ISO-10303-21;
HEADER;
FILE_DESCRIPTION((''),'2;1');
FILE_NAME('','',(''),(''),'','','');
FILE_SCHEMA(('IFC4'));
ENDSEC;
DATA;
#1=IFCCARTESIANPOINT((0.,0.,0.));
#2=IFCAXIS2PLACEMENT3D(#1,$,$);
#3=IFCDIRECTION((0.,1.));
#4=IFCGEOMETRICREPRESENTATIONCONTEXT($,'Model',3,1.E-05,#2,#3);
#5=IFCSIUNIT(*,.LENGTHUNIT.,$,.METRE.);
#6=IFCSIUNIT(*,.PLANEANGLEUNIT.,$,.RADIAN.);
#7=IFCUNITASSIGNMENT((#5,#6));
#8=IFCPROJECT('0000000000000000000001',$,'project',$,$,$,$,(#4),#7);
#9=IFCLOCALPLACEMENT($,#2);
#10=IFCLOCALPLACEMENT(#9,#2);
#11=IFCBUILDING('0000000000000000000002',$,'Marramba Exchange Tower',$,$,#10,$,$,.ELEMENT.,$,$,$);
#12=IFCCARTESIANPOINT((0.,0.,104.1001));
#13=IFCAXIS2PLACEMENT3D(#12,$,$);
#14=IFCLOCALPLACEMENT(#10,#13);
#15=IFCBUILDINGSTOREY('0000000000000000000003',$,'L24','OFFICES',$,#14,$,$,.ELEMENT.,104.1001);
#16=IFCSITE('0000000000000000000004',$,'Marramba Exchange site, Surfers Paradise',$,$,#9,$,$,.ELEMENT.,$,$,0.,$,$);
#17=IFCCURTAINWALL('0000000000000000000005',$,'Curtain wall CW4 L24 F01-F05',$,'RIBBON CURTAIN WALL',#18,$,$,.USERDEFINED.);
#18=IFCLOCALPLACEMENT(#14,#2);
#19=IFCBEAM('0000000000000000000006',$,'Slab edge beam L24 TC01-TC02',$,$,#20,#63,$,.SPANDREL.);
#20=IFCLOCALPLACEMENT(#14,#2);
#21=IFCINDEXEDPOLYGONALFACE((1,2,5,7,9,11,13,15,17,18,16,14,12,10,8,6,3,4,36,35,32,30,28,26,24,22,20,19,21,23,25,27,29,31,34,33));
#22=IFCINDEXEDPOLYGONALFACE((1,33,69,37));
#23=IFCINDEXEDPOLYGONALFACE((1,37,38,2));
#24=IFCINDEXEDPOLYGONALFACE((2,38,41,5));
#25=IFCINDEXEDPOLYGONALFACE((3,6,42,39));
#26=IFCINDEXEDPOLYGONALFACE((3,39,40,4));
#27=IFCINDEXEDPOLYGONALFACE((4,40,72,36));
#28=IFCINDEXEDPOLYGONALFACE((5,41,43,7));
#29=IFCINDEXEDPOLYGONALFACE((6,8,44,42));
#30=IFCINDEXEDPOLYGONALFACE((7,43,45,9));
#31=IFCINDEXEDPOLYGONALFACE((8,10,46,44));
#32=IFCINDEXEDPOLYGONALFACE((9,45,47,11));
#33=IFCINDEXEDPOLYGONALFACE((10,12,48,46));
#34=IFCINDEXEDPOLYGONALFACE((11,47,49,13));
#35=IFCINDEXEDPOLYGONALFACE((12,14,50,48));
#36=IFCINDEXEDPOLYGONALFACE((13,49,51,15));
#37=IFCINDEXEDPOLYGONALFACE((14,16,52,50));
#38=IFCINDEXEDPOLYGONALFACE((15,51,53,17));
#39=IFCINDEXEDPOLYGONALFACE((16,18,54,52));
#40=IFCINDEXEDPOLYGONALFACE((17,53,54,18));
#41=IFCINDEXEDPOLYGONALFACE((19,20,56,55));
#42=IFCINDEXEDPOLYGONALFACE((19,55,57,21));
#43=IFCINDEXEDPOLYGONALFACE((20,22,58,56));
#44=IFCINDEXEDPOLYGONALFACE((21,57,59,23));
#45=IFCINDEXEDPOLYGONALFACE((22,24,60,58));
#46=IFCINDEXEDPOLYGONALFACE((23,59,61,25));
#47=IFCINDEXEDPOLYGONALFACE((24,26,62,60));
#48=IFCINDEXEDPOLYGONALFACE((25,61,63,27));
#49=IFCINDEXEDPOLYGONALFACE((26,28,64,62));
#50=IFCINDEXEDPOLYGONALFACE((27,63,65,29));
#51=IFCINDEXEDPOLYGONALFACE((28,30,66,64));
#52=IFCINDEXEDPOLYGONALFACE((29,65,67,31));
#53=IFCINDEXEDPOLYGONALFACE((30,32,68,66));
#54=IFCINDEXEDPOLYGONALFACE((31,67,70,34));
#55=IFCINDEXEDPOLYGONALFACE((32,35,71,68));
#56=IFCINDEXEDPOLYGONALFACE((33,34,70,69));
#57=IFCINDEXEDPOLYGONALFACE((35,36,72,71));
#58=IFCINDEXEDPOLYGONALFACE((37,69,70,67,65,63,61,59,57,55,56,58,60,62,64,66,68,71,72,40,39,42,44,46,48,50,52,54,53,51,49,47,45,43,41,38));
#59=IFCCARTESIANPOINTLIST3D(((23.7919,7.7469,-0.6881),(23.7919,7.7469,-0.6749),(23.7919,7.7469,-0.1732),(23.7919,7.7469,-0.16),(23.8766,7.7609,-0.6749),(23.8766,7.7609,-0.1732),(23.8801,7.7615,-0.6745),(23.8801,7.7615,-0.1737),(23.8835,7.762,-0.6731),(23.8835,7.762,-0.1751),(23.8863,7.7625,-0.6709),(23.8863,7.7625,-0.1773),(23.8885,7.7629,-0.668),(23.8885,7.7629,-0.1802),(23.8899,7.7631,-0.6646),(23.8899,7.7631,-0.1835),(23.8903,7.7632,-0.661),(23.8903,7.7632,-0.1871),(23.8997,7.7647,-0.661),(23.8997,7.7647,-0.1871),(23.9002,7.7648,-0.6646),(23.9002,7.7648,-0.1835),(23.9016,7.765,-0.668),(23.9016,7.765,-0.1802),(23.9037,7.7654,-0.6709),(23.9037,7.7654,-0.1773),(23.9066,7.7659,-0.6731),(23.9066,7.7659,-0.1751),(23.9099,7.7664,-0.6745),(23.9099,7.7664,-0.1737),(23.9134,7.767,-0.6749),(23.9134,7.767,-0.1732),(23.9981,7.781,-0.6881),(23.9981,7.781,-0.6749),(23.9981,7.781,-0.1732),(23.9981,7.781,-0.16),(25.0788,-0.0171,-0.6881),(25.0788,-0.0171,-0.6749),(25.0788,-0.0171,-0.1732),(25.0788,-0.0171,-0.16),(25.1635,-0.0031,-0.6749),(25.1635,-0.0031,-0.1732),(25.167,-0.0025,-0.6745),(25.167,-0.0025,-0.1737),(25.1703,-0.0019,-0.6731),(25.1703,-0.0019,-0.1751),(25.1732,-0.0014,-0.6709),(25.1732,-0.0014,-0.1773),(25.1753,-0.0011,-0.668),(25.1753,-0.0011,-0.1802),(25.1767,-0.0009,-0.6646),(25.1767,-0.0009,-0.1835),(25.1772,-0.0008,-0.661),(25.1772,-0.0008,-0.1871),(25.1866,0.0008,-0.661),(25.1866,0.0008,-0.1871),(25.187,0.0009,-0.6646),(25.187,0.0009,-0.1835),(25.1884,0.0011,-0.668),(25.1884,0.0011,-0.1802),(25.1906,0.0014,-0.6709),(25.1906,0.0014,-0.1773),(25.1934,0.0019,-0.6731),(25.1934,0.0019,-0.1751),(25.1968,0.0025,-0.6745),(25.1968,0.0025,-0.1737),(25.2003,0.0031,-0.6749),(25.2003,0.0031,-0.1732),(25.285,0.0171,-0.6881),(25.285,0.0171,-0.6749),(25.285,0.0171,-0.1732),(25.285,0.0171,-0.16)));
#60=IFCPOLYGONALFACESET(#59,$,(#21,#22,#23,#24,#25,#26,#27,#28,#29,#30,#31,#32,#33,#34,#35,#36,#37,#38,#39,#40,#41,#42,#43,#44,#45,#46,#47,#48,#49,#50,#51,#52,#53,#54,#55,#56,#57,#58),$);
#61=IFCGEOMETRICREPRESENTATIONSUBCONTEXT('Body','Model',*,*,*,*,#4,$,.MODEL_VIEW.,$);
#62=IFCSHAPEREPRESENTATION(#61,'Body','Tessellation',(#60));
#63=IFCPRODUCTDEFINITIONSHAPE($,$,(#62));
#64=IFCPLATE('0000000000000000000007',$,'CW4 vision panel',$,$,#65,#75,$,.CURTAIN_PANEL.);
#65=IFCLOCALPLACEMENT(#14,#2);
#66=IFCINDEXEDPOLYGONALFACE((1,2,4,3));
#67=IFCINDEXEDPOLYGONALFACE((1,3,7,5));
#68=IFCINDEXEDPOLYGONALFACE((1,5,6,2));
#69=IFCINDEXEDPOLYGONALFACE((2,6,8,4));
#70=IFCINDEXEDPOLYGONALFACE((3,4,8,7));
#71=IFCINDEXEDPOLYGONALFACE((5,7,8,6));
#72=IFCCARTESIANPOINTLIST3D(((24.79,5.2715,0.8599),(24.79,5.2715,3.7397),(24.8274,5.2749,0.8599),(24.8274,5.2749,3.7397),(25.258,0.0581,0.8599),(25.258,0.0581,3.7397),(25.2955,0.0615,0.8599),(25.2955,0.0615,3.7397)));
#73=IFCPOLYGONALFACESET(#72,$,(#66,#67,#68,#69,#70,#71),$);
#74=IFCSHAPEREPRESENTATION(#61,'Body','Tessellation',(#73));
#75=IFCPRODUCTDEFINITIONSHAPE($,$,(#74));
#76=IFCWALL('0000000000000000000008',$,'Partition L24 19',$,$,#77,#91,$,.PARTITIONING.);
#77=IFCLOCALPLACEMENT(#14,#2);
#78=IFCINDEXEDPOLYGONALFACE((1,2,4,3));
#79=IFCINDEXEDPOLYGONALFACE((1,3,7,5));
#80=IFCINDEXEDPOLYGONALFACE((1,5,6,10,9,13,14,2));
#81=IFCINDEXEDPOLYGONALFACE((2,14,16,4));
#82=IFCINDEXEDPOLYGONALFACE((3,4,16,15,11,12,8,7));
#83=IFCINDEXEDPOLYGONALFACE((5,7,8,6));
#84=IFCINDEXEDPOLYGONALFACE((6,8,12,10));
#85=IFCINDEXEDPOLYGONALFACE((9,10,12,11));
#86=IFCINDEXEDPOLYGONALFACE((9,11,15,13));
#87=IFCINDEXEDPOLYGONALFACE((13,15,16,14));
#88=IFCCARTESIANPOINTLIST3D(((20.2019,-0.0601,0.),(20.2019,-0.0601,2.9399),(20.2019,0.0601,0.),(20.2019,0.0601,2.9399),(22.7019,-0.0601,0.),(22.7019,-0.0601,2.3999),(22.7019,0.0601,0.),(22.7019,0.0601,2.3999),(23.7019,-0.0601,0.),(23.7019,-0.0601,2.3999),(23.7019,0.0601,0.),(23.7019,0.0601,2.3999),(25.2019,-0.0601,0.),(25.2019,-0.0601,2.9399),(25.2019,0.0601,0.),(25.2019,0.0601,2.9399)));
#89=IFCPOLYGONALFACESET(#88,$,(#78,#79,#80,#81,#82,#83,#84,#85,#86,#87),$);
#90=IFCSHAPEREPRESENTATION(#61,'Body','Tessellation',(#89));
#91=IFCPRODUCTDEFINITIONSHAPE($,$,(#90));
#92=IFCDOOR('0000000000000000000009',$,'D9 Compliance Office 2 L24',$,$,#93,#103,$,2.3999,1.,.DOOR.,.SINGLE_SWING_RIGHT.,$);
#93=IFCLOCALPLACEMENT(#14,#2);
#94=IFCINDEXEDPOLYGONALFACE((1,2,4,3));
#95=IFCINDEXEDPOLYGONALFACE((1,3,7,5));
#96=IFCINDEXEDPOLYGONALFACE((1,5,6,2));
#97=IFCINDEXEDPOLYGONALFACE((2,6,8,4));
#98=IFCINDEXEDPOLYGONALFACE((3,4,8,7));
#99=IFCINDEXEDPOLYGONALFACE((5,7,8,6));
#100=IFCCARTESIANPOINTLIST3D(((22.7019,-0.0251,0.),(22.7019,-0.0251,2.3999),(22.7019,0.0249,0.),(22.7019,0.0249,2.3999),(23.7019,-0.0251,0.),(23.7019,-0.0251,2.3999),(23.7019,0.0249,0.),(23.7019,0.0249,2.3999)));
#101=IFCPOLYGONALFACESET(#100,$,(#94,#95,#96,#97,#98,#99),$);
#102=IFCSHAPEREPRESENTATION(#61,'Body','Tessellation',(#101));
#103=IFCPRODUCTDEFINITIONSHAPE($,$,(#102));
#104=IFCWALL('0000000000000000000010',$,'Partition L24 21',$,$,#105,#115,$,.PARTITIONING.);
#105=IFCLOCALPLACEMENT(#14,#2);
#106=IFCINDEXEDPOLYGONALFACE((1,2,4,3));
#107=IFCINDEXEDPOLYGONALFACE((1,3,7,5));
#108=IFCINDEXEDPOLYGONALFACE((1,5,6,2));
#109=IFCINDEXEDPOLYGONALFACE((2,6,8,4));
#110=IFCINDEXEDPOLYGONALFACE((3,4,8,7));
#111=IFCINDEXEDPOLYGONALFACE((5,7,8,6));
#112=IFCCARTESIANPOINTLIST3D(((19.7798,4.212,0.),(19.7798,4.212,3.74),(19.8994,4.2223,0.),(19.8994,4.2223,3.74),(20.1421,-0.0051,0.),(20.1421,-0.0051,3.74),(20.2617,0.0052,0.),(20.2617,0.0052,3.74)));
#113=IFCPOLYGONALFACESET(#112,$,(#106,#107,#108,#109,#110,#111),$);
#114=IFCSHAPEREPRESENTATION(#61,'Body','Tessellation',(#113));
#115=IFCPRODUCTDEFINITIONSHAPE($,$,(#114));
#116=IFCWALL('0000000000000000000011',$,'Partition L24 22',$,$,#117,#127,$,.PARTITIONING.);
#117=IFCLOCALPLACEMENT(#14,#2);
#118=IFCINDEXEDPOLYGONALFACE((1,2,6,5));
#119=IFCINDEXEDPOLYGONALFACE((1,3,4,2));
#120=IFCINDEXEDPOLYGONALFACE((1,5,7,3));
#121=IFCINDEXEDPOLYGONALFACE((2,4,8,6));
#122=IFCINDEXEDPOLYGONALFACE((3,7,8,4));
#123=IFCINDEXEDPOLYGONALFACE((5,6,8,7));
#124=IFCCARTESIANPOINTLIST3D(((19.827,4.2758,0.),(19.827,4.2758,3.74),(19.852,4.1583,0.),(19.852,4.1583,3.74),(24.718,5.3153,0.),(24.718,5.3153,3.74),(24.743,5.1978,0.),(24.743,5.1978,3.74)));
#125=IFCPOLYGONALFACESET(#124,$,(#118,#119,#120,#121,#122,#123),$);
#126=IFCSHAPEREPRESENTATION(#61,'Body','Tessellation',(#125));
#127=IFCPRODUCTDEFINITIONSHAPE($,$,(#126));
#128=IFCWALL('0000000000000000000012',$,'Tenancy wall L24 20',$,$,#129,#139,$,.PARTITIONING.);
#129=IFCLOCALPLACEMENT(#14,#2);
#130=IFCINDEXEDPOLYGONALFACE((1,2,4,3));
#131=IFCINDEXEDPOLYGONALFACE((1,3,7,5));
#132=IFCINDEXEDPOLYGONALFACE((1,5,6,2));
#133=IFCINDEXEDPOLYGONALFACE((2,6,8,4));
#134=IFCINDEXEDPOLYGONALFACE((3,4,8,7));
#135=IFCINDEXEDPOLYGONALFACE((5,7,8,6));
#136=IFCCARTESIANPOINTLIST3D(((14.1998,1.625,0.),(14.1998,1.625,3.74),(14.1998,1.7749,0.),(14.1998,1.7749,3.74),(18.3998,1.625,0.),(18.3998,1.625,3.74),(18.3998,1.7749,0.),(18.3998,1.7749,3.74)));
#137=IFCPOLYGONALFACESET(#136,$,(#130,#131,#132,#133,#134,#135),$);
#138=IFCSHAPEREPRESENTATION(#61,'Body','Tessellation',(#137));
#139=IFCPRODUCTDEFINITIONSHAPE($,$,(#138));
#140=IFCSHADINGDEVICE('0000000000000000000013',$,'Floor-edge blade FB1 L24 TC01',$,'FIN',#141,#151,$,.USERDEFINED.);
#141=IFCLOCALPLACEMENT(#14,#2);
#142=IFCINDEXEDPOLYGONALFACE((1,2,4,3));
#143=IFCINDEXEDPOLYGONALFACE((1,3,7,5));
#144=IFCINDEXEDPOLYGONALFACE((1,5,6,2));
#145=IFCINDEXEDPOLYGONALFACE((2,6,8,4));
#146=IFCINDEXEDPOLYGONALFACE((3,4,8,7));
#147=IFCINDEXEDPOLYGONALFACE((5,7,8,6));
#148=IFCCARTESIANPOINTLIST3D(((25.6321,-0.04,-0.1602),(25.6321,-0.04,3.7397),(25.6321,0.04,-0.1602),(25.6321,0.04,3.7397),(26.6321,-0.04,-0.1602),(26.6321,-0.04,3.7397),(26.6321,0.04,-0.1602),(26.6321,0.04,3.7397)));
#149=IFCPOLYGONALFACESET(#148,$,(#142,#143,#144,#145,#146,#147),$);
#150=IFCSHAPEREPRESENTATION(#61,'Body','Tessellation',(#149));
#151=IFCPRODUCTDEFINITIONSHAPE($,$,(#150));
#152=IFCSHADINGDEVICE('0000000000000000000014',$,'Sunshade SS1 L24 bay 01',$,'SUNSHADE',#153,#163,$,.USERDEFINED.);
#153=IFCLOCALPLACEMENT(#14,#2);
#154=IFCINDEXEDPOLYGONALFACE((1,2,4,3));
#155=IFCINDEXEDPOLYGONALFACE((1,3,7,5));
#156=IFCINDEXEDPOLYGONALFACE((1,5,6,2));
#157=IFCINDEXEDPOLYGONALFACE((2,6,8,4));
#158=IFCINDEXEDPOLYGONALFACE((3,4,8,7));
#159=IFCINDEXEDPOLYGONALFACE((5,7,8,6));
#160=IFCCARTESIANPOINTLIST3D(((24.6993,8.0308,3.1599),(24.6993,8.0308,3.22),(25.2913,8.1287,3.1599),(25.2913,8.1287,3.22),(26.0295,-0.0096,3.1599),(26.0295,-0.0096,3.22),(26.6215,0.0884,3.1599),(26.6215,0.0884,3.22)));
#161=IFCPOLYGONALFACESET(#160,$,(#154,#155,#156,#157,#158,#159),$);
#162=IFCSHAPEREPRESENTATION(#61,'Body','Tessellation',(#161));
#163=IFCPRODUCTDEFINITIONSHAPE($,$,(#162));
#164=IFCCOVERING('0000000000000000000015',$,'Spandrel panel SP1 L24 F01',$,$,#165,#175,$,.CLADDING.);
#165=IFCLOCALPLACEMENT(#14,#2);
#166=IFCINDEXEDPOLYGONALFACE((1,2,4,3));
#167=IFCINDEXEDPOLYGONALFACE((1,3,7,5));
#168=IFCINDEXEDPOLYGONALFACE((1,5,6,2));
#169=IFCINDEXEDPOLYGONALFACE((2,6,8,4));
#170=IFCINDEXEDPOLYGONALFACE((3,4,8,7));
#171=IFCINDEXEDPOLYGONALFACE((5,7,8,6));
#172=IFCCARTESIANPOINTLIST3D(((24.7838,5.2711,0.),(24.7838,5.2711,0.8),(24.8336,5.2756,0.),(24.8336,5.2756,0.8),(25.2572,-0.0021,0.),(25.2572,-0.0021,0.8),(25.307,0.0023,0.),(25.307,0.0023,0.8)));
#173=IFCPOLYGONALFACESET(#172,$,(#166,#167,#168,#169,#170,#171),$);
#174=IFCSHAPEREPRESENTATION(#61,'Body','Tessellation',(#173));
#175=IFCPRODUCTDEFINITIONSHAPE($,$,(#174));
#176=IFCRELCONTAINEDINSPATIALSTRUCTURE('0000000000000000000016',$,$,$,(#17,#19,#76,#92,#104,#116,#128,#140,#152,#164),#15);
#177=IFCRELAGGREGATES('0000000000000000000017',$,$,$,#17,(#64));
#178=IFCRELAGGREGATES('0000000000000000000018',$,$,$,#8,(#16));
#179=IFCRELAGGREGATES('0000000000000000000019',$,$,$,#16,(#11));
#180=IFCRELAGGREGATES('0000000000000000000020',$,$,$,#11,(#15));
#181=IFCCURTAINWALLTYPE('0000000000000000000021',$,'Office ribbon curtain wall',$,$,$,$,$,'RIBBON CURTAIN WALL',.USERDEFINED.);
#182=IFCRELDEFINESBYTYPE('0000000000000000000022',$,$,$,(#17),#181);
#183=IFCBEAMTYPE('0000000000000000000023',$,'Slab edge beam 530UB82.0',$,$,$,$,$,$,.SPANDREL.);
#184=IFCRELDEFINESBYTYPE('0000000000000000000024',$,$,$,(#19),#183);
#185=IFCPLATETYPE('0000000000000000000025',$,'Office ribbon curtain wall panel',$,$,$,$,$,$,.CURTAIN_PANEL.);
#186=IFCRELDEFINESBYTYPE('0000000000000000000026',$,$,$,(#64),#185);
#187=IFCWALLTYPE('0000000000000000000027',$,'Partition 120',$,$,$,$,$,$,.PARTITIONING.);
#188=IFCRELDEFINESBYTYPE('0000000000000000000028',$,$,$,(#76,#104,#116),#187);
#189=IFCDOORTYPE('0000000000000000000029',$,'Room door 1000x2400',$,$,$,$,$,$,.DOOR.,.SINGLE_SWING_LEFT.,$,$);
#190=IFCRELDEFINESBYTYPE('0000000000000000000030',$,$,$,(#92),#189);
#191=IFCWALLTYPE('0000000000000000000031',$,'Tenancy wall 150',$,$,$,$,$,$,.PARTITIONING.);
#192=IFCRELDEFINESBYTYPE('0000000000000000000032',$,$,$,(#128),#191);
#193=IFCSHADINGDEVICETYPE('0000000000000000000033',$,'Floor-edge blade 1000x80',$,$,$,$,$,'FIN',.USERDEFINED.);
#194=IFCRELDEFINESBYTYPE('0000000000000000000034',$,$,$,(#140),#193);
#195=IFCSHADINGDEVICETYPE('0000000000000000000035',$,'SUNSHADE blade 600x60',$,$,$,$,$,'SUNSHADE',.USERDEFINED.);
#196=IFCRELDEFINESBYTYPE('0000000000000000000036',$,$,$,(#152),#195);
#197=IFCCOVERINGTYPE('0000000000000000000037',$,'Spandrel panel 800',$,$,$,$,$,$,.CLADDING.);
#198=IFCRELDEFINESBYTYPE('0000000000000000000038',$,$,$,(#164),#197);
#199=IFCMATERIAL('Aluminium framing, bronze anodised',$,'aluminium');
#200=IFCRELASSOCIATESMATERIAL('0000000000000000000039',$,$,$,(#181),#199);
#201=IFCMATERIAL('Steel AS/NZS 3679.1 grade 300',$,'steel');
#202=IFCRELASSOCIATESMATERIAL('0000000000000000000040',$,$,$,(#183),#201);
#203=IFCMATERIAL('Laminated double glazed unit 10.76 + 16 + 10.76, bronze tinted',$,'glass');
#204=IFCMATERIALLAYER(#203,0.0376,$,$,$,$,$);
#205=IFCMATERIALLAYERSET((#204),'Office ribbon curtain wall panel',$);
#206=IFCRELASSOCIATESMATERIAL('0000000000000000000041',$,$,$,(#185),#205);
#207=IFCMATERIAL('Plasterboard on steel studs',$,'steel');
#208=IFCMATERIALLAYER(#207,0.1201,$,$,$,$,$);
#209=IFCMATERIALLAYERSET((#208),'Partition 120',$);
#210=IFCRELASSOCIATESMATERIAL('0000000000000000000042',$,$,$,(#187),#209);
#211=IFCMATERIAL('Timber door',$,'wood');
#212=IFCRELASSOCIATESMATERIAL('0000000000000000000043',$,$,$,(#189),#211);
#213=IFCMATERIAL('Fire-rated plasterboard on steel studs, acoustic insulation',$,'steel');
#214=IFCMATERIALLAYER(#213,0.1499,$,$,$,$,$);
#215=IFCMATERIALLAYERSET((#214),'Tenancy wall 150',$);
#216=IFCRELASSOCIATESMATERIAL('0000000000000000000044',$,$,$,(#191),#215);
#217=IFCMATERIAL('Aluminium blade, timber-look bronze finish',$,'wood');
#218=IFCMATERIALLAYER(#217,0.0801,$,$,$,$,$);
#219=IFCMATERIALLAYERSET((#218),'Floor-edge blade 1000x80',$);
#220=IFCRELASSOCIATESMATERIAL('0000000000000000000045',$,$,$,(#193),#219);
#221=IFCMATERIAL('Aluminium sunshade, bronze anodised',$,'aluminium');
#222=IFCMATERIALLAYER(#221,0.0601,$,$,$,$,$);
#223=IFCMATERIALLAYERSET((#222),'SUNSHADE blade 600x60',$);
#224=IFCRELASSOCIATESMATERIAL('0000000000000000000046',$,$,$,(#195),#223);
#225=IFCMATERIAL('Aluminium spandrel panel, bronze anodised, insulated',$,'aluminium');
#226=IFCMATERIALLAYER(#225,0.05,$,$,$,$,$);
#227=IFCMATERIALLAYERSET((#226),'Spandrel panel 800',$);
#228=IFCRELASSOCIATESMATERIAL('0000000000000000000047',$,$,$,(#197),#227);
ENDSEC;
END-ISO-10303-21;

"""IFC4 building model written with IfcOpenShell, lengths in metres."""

from ifc_helpers import new_model, si_unit, direction, frame, frame_2d, origin, origin_2d, place, context, subcontext, project, spatial, rectangle, i_section, extrude, material, layer, layer_set, material_profile, profile_set, type_object, element, fill, aggregate, save


model = new_model("IFC4")

# Units and contexts
model_context = context("Model", 3, precision=1e-05, world=origin(), true_north=direction((0.0, 1.0)))
body_context = subcontext(model_context, "Body", "Model", "MODEL_VIEW")
ifc_project = project(units=[si_unit("LENGTHUNIT", "METRE"), si_unit("PLANEANGLEUNIT", "RADIAN")], contexts=[model_context])

# Site, building, storey
site_placement = place(None, origin())
site = spatial("IfcSite", under=ifc_project, at=site_placement, Name="Marramba Exchange site, Surfers Paradise", CompositionType="ELEMENT", RefElevation=0.0)
building_placement = place(site_placement, origin())
building = spatial("IfcBuilding", under=site, at=building_placement, Name="Marramba Exchange Tower", CompositionType="ELEMENT")
storey_placement = place(building_placement, frame((0.0, 0.0, 104.1001)))
storey = spatial("IfcBuildingStorey", under=building, at=storey_placement, Name="L24", Description="OFFICES", CompositionType="ELEMENT", Elevation=104.1001)

# Shared definitions
ifc_material_1 = material(Name="Steel AS/NZS 3679.1 grade 300", Category="steel")

# Curtain wall
ifc_material_2 = material(Name="Aluminium framing, bronze anodised", Category="aluminium")
curtain_wall_type = type_object("IfcCurtainWallType", Name="Office ribbon curtain wall", ElementType="RIBBON CURTAIN WALL", PredefinedType="USERDEFINED", material=ifc_material_2)
curtain_wall_placement = place(storey_placement, origin())
curtain_wall = element("IfcCurtainWall", 1, at=curtain_wall_placement, inside=storey, type_object=curtain_wall_type, Name="Curtain wall CW4 L24 F01-F05", ObjectType="RIBBON CURTAIN WALL", PredefinedType="USERDEFINED")

# Beam
ifc_material_profile_1 = material_profile(ifc_material_1, i_section(OverallWidth=0.209, OverallDepth=0.5281, WebThickness=0.0095, FlangeThickness=0.0132, FilletRadius=0.0139, at=origin_2d()), Name="530UB82.0")
ifc_profile_set_1 = profile_set([ifc_material_profile_1], Name="Steel AS/NZS 3679.1 grade 300")
beam_type_1 = type_object("IfcBeamType", Name="Slab edge beam 530UB82.0", PredefinedType="SPANDREL", material=ifc_profile_set_1)
beam_1_placement = place(storey_placement, frame((25.1819, 0.0, -0.4241), z_axis=(-0.163519, 0.98654, 0.0), x_axis=(-0.98654, -0.163519, 0.0)))
element("IfcBeam", 2, at=beam_1_placement, inside=storey, type_object=beam_type_1, Name="Slab edge beam L24 TC01-TC02", PredefinedType="SPANDREL", context=body_context, shape_type="SweptSolid", body=[
    extrude(i_section(OverallWidth=0.209, OverallDepth=0.5281, WebThickness=0.0095, FlangeThickness=0.0132, FilletRadius=0.0139, at=origin_2d()), origin(), (0.0, 0.0, 1.0), 7.8699),
])

# Plate
ifc_material_3 = material(Name="Laminated double glazed unit 10.76 + 16 + 10.76, bronze tinted", Category="glass")
ifc_layer_1 = layer(ifc_material_3, 0.0376)
ifc_layer_set_1 = layer_set([ifc_layer_1], Name="Office ribbon curtain wall panel")
plate_type = type_object("IfcPlateType", Name="Office ribbon curtain wall panel", PredefinedType="CURTAIN_PANEL", material=ifc_layer_set_1)
plate_placement = place(storey_placement, frame((25.0427, 2.6665, 0.8599), z_axis=(0.0, 0.0, 1.0), x_axis=(-0.089413, 0.995995, 0.0)))
plate = element("IfcPlate", 3, at=plate_placement, type_object=plate_type, Name="CW4 vision panel", PredefinedType="CURTAIN_PANEL", context=body_context, shape_type="SweptSolid", body=[
    extrude(rectangle(XDim=5.2344, YDim=0.0376, at=origin_2d()), origin(), (0.0, 0.0, 1.0), 2.8799),
])
aggregate(curtain_wall, [plate])

# Wall, opening, door
ifc_material_4 = material(Name="Plasterboard on steel studs", Category="steel")
ifc_layer_2 = layer(ifc_material_4, 0.1201)
ifc_layer_set_2 = layer_set([ifc_layer_2], Name="Partition 120")
wall_type_1 = type_object("IfcWallType", Name="Partition 120", PredefinedType="PARTITIONING", material=ifc_layer_set_2)
wall_1_placement = place(storey_placement, frame((20.2019, 0.0, 0.0), z_axis=(0.0, 0.0, 1.0), x_axis=(1.0, 0.0, 0.0)))
wall_1 = element("IfcWall", 4, at=wall_1_placement, inside=storey, type_object=wall_type_1, Name="Partition L24 19", PredefinedType="PARTITIONING", context=body_context, shape_type="SweptSolid", body=[
    extrude(rectangle(XDim=5.0, YDim=0.1201, at=frame_2d((2.5, 0.0))), origin(), (0.0, 0.0, 1.0), 2.9399),
])
opening_placement = place(wall_1_placement, frame((2.5, 0.0, 0.0)))
opening = element("IfcOpeningElement", 5, at=opening_placement, cuts=wall_1, PredefinedType="OPENING", context=body_context, shape_type="SweptSolid", body=[
    extrude(rectangle(XDim=1.0, YDim=2.3999, at=frame_2d((0.5, 1.2))), frame((0.0, 0.0701, 0.0), z_axis=(0.0, -1.0, 0.0), x_axis=(1.0, 0.0, 0.0)), (0.0, 0.0, 1.0), 0.1401),
])
ifc_material_5 = material(Name="Timber door", Category="wood")
door_type = type_object("IfcDoorType", Name="Room door 1000x2400", OperationType="SINGLE_SWING_LEFT", PredefinedType="DOOR", material=ifc_material_5)
door_placement = place(opening_placement, origin())
door = element("IfcDoor", 6, at=door_placement, inside=storey, type_object=door_type, Name="D9 Compliance Office 2 L24", OperationType="SINGLE_SWING_RIGHT", OverallHeight=2.3999, OverallWidth=1.0, PredefinedType="DOOR", context=body_context, shape_type="SweptSolid", body=[
    extrude(rectangle(XDim=1.0, YDim=2.3999, at=frame_2d((0.5, 1.2))), frame((0.0, 0.0249, 0.0), z_axis=(0.0, -1.0, 0.0), x_axis=(1.0, 0.0, 0.0)), (0.0, 0.0, 1.0), 0.05),
])
fill(opening, door)

# Walls
wall_2_placement = place(storey_placement, frame((19.8396, 4.217, 0.0), z_axis=(0.0, 0.0, 1.0), x_axis=(0.085599, -0.99633, 0.0)))
element("IfcWall", 7, at=wall_2_placement, inside=storey, type_object=wall_type_1, Name="Partition L24 21", PredefinedType="PARTITIONING", context=body_context, shape_type="SweptSolid", body=[
    extrude(rectangle(XDim=4.2327, YDim=0.1201, at=frame_2d((2.1162, 0.0))), origin(), (0.0, 0.0, 1.0), 3.74),
])
wall_3_placement = place(storey_placement, frame((19.8396, 4.217, 0.0), z_axis=(0.0, 0.0, 1.0), x_axis=(0.978149, 0.207905, 0.0)))
element("IfcWall", 8, at=wall_3_placement, inside=storey, type_object=wall_type_1, Name="Partition L24 22", PredefinedType="PARTITIONING", context=body_context, shape_type="SweptSolid", body=[
    extrude(rectangle(XDim=5.0002, YDim=0.1201, at=frame_2d((2.5, 0.0))), origin(), (0.0, 0.0, 1.0), 3.74),
])
ifc_material_6 = material(Name="Fire-rated plasterboard on steel studs, acoustic insulation", Category="steel")
ifc_layer_3 = layer(ifc_material_6, 0.1499)
ifc_layer_set_3 = layer_set([ifc_layer_3], Name="Tenancy wall 150")
wall_type_2 = type_object("IfcWallType", Name="Tenancy wall 150", PredefinedType="PARTITIONING", material=ifc_layer_set_3)
wall_4_placement = place(storey_placement, frame((18.3999, 1.7, 0.0), z_axis=(0.0, 0.0, 1.0), x_axis=(-1.0, 0.0, 0.0)))
element("IfcWall", 9, at=wall_4_placement, inside=storey, type_object=wall_type_2, Name="Tenancy wall L24 20", PredefinedType="PARTITIONING", context=body_context, shape_type="SweptSolid", body=[
    extrude(rectangle(XDim=4.2, YDim=0.1499, at=frame_2d((2.1001, 0.0))), origin(), (0.0, 0.0, 1.0), 3.74),
])

# Shading devices
ifc_material_7 = material(Name="Aluminium blade, timber-look bronze finish", Category="wood")
ifc_layer_4 = layer(ifc_material_7, 0.0801)
ifc_layer_set_4 = layer_set([ifc_layer_4], Name="Floor-edge blade 1000x80")
shading_device_type_1 = type_object("IfcShadingDeviceType", Name="Floor-edge blade 1000x80", ElementType="FIN", PredefinedType="USERDEFINED", material=ifc_layer_set_4)
shading_device_1_placement = place(storey_placement, frame((26.1321, 0.0, -0.1602), z_axis=(0.0, 0.0, 1.0), x_axis=(1.0, 0.0, 0.0)))
element("IfcShadingDevice", 10, at=shading_device_1_placement, inside=storey, type_object=shading_device_type_1, Name="Floor-edge blade FB1 L24 TC01", ObjectType="FIN", PredefinedType="USERDEFINED", context=body_context, shape_type="SweptSolid", body=[
    extrude(rectangle(XDim=1.0, YDim=0.0801, at=origin_2d()), origin(), (0.0, 0.0, 1.0), 3.8999),
])
ifc_material_8 = material(Name="Aluminium sunshade, bronze anodised", Category="aluminium")
ifc_layer_5 = layer(ifc_material_8, 0.0601)
ifc_layer_set_5 = layer_set([ifc_layer_5], Name="SUNSHADE blade 600x60")
shading_device_type_2 = type_object("IfcShadingDeviceType", Name="SUNSHADE blade 600x60", ElementType="SUNSHADE", PredefinedType="USERDEFINED", material=ifc_layer_set_5)
shading_device_2_placement = place(storey_placement, frame((25.6604, 4.0596, 3.1599), z_axis=(0.0, 0.0, 1.0), x_axis=(-0.163228, 0.986588, 0.0)))
element("IfcShadingDevice", 11, at=shading_device_2_placement, inside=storey, type_object=shading_device_type_2, Name="Sunshade SS1 L24 bay 01", ObjectType="SUNSHADE", PredefinedType="USERDEFINED", context=body_context, shape_type="SweptSolid", body=[
    extrude(rectangle(XDim=8.1497, YDim=0.6001, at=origin_2d()), origin(), (0.0, 0.0, 1.0), 0.0601),
])

# Covering
ifc_material_9 = material(Name="Aluminium spandrel panel, bronze anodised, insulated", Category="aluminium")
ifc_layer_6 = layer(ifc_material_9, 0.05)
ifc_layer_set_6 = layer_set([ifc_layer_6], Name="Spandrel panel 800")
covering_type = type_object("IfcCoveringType", Name="Spandrel panel 800", PredefinedType="CLADDING", material=ifc_layer_set_6)
covering_1_placement = place(storey_placement, frame((25.0454, 2.6367, 0.0), z_axis=(0.0, 0.0, 1.0), x_axis=(-0.089413, 0.995995, 0.0)))
element("IfcCovering", 12, at=covering_1_placement, inside=storey, type_object=covering_type, Name="Spandrel panel SP1 L24 F01", PredefinedType="CLADDING", context=body_context, shape_type="SweptSolid", body=[
    extrude(rectangle(XDim=5.2944, YDim=0.05, at=origin_2d()), origin(), (0.0, 0.0, 1.0), 0.8),
])

save(model, "model.ifc")
